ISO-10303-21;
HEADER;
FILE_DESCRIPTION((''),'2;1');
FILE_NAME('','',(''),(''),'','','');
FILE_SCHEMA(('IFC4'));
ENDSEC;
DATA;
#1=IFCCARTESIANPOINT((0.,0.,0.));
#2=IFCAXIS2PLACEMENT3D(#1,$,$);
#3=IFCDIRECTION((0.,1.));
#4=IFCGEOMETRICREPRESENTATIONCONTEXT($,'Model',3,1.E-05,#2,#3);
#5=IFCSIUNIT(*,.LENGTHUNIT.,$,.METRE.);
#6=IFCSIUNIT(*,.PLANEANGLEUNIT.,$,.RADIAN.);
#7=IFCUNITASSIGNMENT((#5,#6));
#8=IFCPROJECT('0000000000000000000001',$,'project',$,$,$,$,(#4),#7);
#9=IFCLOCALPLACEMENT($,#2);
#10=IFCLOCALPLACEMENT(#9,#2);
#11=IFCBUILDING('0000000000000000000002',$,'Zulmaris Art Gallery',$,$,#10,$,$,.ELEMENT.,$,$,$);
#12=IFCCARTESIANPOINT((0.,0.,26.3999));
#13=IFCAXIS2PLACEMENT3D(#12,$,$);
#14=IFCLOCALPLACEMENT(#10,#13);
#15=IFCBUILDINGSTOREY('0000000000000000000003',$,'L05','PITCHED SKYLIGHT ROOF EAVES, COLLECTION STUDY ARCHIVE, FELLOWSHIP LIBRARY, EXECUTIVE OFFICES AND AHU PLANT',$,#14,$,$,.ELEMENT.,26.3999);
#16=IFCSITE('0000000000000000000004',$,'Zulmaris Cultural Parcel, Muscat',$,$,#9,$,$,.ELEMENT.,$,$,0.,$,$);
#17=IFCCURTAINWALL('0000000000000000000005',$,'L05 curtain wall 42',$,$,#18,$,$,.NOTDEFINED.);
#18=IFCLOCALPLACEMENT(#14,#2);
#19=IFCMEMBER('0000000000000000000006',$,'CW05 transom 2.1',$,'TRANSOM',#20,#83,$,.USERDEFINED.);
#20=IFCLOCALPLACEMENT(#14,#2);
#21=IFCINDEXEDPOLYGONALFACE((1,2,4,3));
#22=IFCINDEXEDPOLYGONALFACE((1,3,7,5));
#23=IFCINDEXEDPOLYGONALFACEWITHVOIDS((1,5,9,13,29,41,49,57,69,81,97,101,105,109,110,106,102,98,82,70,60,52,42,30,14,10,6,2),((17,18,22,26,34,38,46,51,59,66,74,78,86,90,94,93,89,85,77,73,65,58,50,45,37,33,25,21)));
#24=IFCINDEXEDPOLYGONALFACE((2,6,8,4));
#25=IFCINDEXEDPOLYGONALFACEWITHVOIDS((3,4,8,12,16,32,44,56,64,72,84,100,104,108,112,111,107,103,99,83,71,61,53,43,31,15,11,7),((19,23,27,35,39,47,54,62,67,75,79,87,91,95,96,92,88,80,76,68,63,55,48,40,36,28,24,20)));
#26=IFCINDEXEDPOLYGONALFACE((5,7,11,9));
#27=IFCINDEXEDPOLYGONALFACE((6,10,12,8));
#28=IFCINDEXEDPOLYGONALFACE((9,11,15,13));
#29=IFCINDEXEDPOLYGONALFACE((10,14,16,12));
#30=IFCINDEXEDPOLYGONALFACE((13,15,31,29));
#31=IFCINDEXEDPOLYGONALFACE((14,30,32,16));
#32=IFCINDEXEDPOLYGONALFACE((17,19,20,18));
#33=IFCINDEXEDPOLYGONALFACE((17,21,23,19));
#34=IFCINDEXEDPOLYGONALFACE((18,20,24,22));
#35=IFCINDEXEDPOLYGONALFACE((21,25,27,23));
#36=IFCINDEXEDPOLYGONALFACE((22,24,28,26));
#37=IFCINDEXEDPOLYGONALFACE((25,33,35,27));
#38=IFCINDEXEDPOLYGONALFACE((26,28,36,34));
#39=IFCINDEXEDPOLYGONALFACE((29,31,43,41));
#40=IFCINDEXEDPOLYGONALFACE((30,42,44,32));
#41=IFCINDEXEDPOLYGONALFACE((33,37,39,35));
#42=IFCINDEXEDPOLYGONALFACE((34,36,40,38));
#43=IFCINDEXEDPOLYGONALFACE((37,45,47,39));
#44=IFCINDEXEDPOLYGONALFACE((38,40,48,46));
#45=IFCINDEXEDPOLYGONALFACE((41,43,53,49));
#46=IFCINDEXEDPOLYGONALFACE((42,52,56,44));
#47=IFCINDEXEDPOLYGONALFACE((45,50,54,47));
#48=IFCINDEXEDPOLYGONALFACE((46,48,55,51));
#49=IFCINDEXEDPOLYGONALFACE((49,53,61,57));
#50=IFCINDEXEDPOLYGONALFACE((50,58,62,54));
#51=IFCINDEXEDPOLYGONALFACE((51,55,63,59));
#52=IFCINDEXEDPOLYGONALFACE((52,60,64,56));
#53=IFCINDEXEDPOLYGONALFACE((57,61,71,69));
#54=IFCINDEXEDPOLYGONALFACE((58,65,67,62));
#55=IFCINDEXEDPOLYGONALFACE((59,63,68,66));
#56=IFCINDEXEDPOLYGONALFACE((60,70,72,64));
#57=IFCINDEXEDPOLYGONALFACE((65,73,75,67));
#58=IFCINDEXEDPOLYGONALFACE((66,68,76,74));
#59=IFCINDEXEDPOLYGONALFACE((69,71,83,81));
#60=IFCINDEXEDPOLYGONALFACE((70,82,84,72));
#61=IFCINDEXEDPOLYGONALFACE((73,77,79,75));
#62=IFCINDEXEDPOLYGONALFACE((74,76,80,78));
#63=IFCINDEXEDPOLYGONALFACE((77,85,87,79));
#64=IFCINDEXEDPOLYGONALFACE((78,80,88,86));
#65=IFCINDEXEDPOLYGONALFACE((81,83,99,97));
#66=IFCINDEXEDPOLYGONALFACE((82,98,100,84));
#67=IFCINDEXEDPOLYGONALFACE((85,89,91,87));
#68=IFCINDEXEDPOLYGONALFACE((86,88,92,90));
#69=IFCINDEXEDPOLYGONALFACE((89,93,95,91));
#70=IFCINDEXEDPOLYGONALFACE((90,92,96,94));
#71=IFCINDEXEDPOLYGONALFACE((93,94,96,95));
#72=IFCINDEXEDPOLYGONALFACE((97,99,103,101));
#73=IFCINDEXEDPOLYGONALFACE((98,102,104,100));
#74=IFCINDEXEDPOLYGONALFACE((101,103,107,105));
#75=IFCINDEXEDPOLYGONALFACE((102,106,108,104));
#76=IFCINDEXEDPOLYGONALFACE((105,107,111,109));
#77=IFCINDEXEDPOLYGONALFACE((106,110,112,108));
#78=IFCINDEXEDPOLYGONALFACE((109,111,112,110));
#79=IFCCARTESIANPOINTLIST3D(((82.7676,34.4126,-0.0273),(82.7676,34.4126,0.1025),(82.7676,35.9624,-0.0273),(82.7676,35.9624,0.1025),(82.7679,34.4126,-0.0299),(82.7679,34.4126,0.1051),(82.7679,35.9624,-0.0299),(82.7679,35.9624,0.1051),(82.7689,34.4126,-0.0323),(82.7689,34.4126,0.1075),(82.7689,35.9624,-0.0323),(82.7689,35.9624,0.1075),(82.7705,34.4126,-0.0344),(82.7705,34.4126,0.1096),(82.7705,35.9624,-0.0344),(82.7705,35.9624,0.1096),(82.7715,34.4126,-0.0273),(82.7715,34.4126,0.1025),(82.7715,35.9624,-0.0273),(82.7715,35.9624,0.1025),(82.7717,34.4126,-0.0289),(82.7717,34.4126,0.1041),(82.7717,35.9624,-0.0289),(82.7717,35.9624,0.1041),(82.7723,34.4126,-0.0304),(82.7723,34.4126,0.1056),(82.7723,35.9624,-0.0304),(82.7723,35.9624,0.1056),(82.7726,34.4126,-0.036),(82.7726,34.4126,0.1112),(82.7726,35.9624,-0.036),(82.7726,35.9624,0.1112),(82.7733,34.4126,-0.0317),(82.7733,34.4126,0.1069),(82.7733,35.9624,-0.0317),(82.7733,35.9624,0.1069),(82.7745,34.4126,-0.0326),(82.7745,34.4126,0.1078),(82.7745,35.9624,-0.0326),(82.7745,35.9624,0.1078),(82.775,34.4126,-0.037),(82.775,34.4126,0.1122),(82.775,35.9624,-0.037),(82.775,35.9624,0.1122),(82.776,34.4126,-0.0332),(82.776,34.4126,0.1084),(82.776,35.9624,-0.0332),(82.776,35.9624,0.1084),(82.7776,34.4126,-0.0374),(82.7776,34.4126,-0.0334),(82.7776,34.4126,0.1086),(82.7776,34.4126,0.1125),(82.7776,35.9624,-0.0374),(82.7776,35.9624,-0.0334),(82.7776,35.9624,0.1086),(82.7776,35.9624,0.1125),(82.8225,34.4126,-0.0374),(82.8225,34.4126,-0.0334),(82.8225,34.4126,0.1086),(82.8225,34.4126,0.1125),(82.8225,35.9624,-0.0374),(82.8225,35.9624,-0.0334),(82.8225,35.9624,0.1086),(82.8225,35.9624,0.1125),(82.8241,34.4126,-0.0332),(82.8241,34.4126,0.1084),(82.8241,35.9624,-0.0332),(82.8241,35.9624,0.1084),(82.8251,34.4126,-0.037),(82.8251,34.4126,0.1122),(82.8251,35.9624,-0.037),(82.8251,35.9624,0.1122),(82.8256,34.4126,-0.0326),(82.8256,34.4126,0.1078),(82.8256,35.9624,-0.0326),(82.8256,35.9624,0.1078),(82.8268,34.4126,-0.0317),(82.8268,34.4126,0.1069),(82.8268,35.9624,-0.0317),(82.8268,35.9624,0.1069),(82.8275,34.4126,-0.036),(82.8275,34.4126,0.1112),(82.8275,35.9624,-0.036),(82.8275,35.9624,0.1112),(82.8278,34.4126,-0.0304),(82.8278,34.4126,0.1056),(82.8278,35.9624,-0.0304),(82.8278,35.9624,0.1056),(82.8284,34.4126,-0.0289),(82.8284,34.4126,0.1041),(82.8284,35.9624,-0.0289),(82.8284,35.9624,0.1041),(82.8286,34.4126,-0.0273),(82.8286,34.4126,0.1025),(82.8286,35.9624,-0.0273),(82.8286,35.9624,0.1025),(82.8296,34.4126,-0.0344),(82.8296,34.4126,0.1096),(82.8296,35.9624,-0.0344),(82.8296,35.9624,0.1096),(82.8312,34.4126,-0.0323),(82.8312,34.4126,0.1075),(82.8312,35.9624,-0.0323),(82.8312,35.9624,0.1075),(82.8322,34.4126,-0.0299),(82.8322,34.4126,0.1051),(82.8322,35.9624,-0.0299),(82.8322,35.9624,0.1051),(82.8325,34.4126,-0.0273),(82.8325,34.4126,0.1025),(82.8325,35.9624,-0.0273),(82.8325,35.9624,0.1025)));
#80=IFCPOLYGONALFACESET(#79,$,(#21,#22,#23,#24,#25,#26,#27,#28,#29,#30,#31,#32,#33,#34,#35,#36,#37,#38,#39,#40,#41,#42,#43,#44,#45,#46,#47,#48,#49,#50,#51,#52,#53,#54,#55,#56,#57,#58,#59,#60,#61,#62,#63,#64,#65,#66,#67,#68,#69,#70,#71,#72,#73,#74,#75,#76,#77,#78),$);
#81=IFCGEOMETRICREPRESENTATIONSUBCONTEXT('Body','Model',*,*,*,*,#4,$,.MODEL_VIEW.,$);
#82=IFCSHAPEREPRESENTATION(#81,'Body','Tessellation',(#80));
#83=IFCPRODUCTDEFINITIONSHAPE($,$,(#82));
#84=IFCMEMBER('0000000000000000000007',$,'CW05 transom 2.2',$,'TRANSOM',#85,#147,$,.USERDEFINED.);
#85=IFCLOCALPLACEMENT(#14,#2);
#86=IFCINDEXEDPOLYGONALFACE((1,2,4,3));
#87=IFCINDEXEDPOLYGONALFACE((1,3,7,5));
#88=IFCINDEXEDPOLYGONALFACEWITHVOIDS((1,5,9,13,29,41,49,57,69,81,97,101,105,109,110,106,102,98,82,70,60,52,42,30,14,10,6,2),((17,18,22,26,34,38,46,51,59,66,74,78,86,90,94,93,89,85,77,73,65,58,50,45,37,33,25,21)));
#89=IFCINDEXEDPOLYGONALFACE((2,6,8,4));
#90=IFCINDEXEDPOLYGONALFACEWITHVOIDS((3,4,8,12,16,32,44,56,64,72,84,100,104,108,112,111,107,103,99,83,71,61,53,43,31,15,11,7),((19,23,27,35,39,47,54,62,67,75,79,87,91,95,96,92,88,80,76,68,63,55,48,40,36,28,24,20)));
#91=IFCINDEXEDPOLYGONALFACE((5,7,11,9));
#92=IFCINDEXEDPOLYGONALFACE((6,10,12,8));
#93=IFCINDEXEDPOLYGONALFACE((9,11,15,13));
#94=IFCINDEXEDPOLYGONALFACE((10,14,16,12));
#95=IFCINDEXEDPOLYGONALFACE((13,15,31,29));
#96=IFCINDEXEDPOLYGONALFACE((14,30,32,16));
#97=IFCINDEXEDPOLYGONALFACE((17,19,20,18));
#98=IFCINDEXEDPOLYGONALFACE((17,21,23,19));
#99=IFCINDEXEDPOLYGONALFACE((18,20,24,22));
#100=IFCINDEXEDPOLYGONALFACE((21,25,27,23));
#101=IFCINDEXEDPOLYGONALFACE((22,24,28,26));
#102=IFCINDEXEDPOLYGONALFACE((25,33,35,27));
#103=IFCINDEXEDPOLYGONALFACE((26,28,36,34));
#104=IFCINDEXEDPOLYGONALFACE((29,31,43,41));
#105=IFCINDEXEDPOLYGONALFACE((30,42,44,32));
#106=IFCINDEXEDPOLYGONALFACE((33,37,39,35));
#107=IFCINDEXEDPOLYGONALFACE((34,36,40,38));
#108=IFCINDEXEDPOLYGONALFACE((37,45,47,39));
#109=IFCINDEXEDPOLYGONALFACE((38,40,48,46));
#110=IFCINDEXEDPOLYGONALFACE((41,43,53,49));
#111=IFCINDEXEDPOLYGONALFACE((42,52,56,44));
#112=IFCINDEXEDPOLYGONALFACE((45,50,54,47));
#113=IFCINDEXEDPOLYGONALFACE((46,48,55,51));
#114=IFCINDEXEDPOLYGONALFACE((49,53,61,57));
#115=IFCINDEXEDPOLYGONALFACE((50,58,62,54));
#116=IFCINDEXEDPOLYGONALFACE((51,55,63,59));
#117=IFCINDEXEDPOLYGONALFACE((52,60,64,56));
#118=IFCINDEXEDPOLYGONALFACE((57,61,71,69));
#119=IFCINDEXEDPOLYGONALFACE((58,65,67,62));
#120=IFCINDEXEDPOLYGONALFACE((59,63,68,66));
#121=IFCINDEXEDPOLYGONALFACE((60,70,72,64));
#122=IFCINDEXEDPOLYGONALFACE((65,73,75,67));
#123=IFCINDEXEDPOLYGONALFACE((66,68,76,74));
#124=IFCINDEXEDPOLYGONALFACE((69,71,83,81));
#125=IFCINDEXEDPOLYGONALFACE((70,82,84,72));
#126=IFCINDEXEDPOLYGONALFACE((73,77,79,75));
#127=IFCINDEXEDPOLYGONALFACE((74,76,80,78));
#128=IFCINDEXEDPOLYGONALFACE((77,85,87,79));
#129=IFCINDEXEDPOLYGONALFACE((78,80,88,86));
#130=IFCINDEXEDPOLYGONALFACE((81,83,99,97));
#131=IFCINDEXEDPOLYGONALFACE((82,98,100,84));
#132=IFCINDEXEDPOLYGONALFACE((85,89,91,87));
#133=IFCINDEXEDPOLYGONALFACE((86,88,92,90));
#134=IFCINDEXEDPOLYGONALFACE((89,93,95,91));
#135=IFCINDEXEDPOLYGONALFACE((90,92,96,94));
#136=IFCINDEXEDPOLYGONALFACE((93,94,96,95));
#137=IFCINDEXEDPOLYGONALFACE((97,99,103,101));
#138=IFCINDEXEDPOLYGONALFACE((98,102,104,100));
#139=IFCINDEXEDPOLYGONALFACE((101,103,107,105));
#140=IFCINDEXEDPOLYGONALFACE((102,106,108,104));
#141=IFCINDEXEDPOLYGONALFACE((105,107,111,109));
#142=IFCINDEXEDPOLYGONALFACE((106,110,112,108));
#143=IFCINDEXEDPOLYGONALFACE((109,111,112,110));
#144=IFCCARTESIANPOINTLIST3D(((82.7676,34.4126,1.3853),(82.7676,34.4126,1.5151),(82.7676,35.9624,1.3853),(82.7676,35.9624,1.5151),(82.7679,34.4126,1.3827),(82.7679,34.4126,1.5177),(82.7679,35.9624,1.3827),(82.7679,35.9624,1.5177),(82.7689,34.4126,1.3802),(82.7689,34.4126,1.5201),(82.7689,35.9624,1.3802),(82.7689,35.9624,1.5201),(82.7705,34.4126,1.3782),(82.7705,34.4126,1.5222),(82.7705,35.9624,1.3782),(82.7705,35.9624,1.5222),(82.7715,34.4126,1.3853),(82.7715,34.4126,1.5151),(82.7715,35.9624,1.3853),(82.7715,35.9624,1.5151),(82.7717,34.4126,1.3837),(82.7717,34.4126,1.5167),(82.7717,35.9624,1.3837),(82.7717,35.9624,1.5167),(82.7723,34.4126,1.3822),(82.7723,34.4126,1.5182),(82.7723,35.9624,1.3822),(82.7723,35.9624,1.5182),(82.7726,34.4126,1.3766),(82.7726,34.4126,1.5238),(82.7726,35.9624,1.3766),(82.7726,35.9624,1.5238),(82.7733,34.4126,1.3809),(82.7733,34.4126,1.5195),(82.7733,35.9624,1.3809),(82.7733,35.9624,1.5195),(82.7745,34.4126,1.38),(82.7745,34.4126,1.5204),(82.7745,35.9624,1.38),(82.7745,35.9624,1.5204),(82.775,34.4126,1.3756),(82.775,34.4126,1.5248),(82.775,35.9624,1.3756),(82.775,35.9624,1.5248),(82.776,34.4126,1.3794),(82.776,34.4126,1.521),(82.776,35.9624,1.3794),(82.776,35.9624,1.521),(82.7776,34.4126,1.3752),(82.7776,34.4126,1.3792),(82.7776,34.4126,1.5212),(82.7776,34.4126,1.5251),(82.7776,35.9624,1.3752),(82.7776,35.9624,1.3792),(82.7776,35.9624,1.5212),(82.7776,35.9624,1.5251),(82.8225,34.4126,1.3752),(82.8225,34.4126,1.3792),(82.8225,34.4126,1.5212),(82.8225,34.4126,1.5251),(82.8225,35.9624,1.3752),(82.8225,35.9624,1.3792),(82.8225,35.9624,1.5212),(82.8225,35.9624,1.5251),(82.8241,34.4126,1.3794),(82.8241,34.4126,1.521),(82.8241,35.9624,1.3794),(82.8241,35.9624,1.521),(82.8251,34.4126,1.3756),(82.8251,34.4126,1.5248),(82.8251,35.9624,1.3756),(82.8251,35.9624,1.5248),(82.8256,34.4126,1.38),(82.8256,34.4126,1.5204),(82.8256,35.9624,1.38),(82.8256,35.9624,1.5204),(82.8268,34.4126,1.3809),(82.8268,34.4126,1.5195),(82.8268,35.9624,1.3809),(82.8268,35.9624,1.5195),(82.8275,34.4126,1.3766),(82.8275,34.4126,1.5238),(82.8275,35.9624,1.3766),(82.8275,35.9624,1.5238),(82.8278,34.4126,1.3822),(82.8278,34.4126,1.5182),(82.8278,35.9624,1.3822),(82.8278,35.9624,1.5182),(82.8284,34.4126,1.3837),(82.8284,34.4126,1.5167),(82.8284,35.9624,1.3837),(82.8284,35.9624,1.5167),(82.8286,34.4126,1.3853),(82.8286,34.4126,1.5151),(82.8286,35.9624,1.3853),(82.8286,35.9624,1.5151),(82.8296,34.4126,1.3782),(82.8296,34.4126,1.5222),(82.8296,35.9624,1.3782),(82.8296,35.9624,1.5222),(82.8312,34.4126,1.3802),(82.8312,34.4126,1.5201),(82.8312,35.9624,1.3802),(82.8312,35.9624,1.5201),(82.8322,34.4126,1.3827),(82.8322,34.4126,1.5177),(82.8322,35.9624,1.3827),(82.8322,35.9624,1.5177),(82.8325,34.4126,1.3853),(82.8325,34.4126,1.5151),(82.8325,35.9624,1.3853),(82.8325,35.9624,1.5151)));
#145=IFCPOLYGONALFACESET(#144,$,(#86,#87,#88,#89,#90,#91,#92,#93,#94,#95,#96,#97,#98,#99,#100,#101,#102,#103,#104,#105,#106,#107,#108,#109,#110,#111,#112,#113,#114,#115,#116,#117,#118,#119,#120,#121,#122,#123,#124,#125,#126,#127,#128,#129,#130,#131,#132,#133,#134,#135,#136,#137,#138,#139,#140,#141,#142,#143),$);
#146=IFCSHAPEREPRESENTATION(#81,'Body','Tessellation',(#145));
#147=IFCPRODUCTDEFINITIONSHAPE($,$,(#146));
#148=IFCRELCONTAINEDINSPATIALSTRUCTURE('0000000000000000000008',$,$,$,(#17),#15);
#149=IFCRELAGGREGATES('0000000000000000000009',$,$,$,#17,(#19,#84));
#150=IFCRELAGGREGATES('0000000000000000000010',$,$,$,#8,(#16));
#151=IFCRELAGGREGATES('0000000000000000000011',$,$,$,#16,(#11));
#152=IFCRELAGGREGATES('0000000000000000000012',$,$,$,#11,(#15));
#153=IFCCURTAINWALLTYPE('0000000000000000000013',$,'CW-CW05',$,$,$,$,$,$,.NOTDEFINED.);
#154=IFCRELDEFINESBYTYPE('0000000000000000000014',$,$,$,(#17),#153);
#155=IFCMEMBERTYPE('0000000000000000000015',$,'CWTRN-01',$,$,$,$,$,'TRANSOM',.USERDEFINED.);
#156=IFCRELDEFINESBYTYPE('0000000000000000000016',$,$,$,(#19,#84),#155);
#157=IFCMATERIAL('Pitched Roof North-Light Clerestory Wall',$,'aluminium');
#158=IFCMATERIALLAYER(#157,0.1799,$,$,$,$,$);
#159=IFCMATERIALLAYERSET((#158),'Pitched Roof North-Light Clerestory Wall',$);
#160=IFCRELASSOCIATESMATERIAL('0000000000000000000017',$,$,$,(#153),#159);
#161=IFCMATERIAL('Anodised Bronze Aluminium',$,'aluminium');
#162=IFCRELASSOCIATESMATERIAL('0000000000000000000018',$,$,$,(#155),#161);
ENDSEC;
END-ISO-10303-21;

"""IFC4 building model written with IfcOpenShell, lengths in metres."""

from ifc_helpers import new_model, si_unit, direction, frame, origin, origin_2d, place, context, subcontext, project, spatial, hollow_rectangle, extrude, material, layer, layer_set, material_profile, profile_set, type_object, element, aggregate, save


model = new_model("IFC4")

# Units and contexts
model_context = context("Model", 3, precision=1e-05, world=origin(), true_north=direction((0.0, 1.0)))
body_context = subcontext(model_context, "Body", "Model", "MODEL_VIEW")
ifc_project = project(units=[si_unit("LENGTHUNIT", "METRE"), si_unit("PLANEANGLEUNIT", "RADIAN")], contexts=[model_context])

# Site, building, storey
site_placement = place(None, origin())
site = spatial("IfcSite", under=ifc_project, at=site_placement, Name="Zulmaris Cultural Parcel, Muscat", CompositionType="ELEMENT", RefElevation=0.0)
building_placement = place(site_placement, origin())
building = spatial("IfcBuilding", under=site, at=building_placement, Name="Zulmaris Art Gallery", CompositionType="ELEMENT")
storey_placement = place(building_placement, frame((0.0, 0.0, 26.3999)))
storey = spatial("IfcBuildingStorey", under=building, at=storey_placement, Name="L05", Description="PITCHED SKYLIGHT ROOF EAVES, COLLECTION STUDY ARCHIVE, FELLOWSHIP LIBRARY, EXECUTIVE OFFICES AND AHU PLANT", CompositionType="ELEMENT", Elevation=26.3999)

# Curtain wall
ifc_material_1 = material(Name="Pitched Roof North-Light Clerestory Wall", Category="aluminium")
ifc_layer_1 = layer(ifc_material_1, 0.1799)
ifc_layer_set_1 = layer_set([ifc_layer_1], Name="Pitched Roof North-Light Clerestory Wall")
curtain_wall_type = type_object("IfcCurtainWallType", Name="CW-CW05", PredefinedType="NOTDEFINED", material=ifc_layer_set_1)
ifc_material_2 = material(Name="Anodised Bronze Aluminium", Category="aluminium")
curtain_wall_1_placement = place(storey_placement, origin())
curtain_wall_1 = element("IfcCurtainWall", 1, at=curtain_wall_1_placement, inside=storey, type_object=curtain_wall_type, Name="L05 curtain wall 42", PredefinedType="NOTDEFINED")

# Members
ifc_material_profile_1 = material_profile(ifc_material_2, hollow_rectangle(XDim=0.0649, YDim=0.1499, WallThickness=0.0039, InnerFilletRadius=0.0061, OuterFilletRadius=0.01, at=origin_2d()), Name="ALU 65x150x4")
ifc_profile_set_1 = profile_set([ifc_material_profile_1], Name="Anodised Bronze Aluminium")
member_type_1 = type_object("IfcMemberType", Name="CWTRN-01", ElementType="TRANSOM", PredefinedType="USERDEFINED", material=ifc_profile_set_1)
member_1_placement = place(storey_placement, frame((82.8, 34.4126, 0.0376), z_axis=(0.0, 1.0, 0.0), x_axis=(-1.0, 0.0, 0.0)))
member_1 = element("IfcMember", 2, at=member_1_placement, type_object=member_type_1, Name="CW05 transom 2.1", ObjectType="TRANSOM", PredefinedType="USERDEFINED", context=body_context, shape_type="SweptSolid", body=[
    extrude(hollow_rectangle(XDim=0.0649, YDim=0.1499, WallThickness=0.0039, InnerFilletRadius=0.0061, OuterFilletRadius=0.01, at=origin_2d()), origin(), (0.0, 0.0, 1.0), 1.5498),
])
member_2_placement = place(storey_placement, frame((82.8, 34.4126, 1.4502), z_axis=(0.0, 1.0, 0.0), x_axis=(-1.0, 0.0, 0.0)))
member_2 = element("IfcMember", 3, at=member_2_placement, type_object=member_type_1, Name="CW05 transom 2.2", ObjectType="TRANSOM", PredefinedType="USERDEFINED", context=body_context, shape_type="SweptSolid", body=[
    extrude(hollow_rectangle(XDim=0.0649, YDim=0.1499, WallThickness=0.0039, InnerFilletRadius=0.0061, OuterFilletRadius=0.01, at=origin_2d()), origin(), (0.0, 0.0, 1.0), 1.5498),
])

aggregate(curtain_wall_1, [member_1, member_2])

save(model, "model.ifc")
